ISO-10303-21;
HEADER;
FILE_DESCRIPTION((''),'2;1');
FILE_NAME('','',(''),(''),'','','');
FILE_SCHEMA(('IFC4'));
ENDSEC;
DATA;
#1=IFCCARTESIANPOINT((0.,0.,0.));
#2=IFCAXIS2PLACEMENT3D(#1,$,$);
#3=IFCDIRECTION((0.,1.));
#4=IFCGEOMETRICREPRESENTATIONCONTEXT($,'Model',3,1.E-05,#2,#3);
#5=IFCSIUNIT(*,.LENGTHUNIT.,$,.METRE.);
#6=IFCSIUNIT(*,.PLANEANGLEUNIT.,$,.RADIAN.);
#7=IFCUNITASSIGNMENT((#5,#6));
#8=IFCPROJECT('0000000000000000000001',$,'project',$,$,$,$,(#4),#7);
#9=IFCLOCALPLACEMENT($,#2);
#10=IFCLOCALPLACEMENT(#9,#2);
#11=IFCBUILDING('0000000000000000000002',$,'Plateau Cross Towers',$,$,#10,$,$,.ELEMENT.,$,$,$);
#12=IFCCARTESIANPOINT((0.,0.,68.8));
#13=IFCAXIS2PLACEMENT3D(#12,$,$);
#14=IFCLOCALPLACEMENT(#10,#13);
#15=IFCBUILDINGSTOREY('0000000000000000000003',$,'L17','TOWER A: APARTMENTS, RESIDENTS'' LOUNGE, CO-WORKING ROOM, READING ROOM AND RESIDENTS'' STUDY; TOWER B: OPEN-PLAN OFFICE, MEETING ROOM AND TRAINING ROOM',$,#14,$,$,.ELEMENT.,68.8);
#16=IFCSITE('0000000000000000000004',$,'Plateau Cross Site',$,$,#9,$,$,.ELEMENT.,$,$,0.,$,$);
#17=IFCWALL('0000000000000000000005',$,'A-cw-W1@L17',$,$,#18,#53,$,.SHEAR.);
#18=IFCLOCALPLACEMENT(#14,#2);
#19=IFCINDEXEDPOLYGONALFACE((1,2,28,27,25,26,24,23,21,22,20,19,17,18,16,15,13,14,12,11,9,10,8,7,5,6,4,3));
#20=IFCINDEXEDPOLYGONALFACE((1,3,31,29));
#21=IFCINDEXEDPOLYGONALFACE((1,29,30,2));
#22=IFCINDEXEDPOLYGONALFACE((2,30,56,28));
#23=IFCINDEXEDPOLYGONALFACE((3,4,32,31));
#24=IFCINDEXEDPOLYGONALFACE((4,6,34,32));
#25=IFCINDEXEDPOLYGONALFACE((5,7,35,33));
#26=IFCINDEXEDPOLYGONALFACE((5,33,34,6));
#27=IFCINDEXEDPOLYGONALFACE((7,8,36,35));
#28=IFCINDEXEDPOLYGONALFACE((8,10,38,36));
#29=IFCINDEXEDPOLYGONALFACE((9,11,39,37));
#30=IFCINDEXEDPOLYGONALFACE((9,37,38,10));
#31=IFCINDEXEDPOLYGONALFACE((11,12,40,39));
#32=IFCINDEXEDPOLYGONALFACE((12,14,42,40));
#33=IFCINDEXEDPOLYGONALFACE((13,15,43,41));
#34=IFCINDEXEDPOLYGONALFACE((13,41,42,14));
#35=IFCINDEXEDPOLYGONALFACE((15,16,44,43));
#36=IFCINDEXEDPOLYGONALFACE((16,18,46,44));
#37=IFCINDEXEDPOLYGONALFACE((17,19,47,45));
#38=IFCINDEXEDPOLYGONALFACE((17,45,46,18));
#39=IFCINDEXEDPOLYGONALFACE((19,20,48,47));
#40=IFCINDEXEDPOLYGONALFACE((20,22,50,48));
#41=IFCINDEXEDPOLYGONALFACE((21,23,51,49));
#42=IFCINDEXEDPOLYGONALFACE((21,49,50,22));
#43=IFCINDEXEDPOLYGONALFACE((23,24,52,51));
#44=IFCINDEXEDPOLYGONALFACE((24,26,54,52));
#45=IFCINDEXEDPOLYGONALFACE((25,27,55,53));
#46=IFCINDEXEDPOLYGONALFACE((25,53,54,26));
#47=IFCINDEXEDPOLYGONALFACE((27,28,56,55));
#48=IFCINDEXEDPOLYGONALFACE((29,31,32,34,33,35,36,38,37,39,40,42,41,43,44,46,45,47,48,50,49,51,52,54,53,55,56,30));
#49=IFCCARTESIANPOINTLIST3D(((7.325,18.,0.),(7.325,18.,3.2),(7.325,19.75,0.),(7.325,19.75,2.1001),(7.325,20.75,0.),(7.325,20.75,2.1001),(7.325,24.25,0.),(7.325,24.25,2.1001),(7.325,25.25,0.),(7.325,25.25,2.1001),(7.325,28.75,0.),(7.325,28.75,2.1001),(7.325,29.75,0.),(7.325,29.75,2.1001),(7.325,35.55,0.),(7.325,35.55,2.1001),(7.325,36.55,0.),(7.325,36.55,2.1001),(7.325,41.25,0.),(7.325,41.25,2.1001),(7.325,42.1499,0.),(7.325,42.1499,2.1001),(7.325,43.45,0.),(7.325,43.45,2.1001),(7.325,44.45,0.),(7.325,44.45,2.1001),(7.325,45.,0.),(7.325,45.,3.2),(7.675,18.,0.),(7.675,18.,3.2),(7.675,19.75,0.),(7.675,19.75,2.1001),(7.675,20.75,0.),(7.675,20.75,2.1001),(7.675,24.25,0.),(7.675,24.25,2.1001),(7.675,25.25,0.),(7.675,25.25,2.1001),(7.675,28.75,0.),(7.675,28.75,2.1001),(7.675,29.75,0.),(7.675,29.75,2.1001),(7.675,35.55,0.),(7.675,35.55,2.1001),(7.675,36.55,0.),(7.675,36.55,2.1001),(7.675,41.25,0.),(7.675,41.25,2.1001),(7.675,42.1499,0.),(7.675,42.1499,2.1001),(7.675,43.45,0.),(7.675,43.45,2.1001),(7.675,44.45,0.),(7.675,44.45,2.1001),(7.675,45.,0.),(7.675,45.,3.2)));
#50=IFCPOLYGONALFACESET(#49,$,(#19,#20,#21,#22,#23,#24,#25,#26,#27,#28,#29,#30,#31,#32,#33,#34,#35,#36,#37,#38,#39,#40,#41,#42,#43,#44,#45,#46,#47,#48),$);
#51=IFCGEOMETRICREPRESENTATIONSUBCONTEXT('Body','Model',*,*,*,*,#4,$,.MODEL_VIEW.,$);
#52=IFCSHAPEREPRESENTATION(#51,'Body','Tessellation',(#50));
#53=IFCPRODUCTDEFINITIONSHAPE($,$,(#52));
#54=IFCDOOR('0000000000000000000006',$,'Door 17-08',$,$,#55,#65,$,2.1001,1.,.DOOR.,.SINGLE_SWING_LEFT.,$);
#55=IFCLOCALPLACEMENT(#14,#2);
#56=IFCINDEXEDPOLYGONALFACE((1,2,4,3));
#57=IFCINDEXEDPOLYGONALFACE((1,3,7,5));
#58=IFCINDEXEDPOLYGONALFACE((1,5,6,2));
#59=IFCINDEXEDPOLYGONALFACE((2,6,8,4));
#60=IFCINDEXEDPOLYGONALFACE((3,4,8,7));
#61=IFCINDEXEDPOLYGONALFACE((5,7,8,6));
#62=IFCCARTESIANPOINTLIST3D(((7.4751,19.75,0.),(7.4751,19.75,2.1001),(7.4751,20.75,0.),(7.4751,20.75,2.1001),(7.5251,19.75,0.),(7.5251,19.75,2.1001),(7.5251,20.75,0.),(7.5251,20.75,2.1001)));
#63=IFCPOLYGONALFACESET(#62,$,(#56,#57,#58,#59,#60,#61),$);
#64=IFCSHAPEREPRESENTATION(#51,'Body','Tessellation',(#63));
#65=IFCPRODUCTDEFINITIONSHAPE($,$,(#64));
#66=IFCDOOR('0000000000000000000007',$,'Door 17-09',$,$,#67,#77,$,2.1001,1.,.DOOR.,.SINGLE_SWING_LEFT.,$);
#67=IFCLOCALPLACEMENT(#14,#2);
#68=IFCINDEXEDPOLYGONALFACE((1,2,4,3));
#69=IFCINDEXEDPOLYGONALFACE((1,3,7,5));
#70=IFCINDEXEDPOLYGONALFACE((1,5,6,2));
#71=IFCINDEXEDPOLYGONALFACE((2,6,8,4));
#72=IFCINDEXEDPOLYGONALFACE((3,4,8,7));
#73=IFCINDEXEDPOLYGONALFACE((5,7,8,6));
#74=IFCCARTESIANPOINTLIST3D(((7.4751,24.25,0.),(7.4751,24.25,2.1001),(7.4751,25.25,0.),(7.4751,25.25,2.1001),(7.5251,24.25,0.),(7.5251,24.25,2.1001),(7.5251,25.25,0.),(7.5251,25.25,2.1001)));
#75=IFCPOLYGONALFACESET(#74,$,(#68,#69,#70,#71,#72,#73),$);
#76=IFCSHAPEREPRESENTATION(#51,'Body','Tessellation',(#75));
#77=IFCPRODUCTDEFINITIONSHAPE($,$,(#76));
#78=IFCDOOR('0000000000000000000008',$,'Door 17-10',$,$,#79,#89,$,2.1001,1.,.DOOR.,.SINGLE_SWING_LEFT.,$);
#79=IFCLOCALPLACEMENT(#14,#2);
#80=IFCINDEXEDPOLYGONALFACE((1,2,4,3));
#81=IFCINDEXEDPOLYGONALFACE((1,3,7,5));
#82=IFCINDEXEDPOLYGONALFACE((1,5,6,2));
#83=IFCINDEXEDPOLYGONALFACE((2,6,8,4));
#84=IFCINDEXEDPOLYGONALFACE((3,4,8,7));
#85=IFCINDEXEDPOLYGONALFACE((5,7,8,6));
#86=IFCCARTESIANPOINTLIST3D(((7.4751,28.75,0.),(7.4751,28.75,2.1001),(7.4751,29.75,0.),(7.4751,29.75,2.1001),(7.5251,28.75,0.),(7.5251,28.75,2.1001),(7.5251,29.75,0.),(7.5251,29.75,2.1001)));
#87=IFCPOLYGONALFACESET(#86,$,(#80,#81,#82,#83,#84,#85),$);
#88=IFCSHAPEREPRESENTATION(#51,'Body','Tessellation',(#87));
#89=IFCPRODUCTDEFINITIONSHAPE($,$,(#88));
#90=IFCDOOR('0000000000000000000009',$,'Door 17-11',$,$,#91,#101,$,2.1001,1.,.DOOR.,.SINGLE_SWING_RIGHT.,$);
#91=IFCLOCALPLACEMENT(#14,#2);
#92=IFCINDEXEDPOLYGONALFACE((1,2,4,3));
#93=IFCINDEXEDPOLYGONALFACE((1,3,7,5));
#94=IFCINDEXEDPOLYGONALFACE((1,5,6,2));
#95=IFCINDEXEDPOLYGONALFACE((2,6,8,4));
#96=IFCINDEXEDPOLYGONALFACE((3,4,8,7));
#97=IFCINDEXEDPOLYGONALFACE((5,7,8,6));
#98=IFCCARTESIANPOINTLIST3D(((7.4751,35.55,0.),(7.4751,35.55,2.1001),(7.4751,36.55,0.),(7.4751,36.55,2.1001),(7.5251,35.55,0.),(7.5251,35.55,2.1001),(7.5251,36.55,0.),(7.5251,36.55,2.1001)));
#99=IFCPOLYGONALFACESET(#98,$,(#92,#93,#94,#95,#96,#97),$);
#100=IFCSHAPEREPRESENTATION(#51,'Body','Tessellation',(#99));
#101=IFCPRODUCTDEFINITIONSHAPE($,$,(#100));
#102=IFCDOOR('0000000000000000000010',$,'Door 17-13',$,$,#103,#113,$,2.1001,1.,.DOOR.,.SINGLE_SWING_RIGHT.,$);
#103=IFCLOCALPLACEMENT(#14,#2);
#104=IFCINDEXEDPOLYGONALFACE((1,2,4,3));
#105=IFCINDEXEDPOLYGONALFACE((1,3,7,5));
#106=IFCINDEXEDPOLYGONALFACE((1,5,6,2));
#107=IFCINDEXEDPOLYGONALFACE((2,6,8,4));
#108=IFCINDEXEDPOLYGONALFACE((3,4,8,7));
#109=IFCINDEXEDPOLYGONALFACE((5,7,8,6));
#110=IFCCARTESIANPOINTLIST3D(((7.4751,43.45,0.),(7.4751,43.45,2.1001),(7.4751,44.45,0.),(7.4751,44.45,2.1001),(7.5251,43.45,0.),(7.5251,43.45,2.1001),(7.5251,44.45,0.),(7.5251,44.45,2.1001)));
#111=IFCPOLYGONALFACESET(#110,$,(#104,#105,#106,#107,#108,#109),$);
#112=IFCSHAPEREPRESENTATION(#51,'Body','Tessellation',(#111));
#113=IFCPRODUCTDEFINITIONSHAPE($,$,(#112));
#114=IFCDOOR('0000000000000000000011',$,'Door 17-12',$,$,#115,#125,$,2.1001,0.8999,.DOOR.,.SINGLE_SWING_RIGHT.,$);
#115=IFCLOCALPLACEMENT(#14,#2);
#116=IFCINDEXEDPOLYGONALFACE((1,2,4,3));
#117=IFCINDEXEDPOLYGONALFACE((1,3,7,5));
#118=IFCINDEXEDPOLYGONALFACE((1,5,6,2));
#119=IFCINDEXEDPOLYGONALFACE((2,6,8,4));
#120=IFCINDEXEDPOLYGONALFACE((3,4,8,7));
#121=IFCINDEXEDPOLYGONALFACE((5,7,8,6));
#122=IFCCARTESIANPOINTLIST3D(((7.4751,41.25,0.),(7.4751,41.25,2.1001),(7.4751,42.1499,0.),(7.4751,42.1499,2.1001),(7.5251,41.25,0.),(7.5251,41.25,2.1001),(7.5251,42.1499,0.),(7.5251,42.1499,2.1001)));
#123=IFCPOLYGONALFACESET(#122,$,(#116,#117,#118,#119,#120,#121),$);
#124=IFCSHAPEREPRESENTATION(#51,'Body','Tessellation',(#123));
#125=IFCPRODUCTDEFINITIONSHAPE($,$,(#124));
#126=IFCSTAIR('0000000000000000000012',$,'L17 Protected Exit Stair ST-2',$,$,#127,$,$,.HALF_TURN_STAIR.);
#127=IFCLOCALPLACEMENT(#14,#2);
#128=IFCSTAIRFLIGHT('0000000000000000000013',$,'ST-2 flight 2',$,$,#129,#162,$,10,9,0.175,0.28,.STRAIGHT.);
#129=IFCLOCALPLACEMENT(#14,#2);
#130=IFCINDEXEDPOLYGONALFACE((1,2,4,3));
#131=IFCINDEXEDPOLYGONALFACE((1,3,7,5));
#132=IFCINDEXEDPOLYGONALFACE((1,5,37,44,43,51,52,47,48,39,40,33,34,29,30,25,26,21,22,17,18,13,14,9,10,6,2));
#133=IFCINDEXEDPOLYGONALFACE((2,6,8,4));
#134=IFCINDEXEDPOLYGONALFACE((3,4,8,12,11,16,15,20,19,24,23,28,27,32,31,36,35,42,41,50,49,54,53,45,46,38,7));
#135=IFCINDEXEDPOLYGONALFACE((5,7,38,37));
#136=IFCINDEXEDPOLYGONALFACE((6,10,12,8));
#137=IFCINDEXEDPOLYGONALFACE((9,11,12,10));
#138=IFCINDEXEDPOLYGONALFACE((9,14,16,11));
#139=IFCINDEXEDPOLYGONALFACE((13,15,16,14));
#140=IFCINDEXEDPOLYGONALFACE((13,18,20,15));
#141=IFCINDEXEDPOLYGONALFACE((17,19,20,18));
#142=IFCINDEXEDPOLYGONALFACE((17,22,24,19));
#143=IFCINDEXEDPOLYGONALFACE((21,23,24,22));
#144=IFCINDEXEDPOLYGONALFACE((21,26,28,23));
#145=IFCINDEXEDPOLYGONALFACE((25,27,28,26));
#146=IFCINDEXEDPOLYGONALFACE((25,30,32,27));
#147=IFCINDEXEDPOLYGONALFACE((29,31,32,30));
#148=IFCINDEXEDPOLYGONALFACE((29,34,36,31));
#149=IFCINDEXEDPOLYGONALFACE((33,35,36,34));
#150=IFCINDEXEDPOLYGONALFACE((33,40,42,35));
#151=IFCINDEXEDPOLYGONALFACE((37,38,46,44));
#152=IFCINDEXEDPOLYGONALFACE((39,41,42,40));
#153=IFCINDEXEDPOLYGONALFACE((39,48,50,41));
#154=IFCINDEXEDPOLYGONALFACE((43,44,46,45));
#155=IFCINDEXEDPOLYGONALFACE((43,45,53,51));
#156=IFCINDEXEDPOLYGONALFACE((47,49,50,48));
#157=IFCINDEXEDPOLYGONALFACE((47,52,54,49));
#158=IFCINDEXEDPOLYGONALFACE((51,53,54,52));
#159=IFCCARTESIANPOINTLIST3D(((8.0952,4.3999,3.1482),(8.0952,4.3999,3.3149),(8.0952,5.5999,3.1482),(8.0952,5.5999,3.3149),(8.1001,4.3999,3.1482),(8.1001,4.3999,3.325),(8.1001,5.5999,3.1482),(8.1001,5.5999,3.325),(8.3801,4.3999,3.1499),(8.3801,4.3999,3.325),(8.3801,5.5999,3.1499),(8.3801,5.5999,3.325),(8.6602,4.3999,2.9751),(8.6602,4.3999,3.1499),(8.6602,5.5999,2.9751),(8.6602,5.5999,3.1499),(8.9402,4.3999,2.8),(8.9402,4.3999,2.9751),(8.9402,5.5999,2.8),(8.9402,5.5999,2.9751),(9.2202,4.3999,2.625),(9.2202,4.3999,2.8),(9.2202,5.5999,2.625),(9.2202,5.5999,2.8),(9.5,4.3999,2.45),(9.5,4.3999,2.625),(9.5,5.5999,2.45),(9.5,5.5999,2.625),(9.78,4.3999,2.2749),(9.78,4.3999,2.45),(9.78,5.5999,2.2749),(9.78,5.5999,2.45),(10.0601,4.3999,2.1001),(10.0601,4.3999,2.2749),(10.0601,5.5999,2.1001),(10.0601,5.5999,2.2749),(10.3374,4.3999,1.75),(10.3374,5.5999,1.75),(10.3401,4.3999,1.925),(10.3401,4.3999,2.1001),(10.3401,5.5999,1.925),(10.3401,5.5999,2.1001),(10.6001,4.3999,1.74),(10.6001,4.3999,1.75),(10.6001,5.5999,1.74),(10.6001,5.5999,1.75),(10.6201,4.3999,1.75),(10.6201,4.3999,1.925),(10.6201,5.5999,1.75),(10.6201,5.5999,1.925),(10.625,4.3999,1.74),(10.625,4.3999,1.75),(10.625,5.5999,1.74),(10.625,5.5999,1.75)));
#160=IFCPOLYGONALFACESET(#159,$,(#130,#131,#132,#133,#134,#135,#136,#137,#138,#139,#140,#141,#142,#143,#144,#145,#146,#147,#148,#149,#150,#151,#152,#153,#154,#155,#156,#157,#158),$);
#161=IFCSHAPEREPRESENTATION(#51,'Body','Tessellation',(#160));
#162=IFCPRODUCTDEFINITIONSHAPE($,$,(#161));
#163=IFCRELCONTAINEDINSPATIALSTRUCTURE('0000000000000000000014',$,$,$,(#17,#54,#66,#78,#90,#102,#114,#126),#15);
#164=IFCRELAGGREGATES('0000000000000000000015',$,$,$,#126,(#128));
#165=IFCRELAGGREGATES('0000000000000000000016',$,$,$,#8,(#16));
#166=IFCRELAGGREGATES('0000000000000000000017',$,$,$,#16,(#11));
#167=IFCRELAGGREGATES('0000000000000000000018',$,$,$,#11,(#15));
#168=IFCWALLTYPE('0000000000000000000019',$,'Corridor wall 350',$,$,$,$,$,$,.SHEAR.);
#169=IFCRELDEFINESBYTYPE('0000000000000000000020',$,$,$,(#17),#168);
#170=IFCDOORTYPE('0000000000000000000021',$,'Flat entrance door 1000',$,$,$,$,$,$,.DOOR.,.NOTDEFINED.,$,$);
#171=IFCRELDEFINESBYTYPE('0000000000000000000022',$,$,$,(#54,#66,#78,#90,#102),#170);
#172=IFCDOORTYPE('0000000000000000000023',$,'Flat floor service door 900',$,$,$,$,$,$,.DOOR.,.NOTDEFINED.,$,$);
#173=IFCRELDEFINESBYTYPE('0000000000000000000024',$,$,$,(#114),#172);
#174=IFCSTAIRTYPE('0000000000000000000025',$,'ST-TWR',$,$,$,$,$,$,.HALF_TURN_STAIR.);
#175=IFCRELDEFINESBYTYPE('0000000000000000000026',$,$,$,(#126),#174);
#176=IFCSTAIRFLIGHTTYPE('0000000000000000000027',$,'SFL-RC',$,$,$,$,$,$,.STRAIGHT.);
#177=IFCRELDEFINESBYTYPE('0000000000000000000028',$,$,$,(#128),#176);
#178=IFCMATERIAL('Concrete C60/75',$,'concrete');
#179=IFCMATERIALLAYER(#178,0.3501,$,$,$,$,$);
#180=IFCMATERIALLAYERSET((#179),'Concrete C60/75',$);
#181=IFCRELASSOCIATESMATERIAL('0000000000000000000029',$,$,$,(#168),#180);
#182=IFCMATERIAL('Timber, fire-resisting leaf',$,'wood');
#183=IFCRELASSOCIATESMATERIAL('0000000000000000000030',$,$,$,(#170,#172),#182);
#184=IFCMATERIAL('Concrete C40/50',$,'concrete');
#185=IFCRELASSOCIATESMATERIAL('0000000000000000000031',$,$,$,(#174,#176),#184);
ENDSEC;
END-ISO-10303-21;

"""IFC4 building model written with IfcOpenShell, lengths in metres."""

from ifc_helpers import new_model, si_unit, direction, frame, frame_2d, origin, place, context, subcontext, project, spatial, polyline, rectangle, outline, extrude, material, layer, layer_set, type_object, element, fill, aggregate, save


model = new_model("IFC4")

# Units and contexts
model_context = context("Model", 3, precision=1e-05, world=origin(), true_north=direction((0.0, 1.0)))
body_context = subcontext(model_context, "Body", "Model", "MODEL_VIEW")
ifc_project = project(units=[si_unit("LENGTHUNIT", "METRE"), si_unit("PLANEANGLEUNIT", "RADIAN")], contexts=[model_context])

# Site, building, storey
site_placement = place(None, origin())
site = spatial("IfcSite", under=ifc_project, at=site_placement, Name="Plateau Cross Site", CompositionType="ELEMENT", RefElevation=0.0)
building_placement = place(site_placement, origin())
building = spatial("IfcBuilding", under=site, at=building_placement, Name="Plateau Cross Towers", CompositionType="ELEMENT")
storey_placement = place(building_placement, frame((0.0, 0.0, 68.8)))
storey = spatial("IfcBuildingStorey", under=building, at=storey_placement, Name="L17", Description="TOWER A: APARTMENTS, RESIDENTS' LOUNGE, CO-WORKING ROOM, READING ROOM AND RESIDENTS' STUDY; TOWER B: OPEN-PLAN OFFICE, MEETING ROOM AND TRAINING ROOM", CompositionType="ELEMENT", Elevation=68.8)

# Shared definitions
ifc_material_1 = material(Name="Timber, fire-resisting leaf", Category="wood")

# Shared definitions
ifc_material_2 = material(Name="Concrete C60/75", Category="concrete")

# Wall, openings, doors
ifc_layer_1 = layer(ifc_material_2, 0.3501)
ifc_layer_set_1 = layer_set([ifc_layer_1], Name="Concrete C60/75")
wall_type_1 = type_object("IfcWallType", Name="Corridor wall 350", PredefinedType="SHEAR", material=ifc_layer_set_1)
wall_1_placement = place(storey_placement, frame((7.5, 18.0, 0.0), z_axis=(0.0, 0.0, 1.0), x_axis=(0.0, 1.0, 0.0)))
wall_1 = element("IfcWall", 1, at=wall_1_placement, inside=storey, type_object=wall_type_1, Name="A-cw-W1@L17", PredefinedType="SHEAR", context=body_context, shape_type="SweptSolid", body=[
    extrude(rectangle(XDim=27.0, YDim=0.3501, at=frame_2d((13.5, 0.0))), origin(), (0.0, 0.0, 1.0), 3.2),
])
opening_1_placement = place(wall_1_placement, frame((1.75, 0.0, 0.0)))
opening_1 = element("IfcOpeningElement", 2, at=opening_1_placement, cuts=wall_1, PredefinedType="OPENING", context=body_context, shape_type="SweptSolid", body=[
    extrude(rectangle(XDim=1.0, YDim=2.1001, at=frame_2d((0.5, 1.05))), frame((0.0, 0.1851, 0.0), z_axis=(0.0, -1.0, 0.0), x_axis=(1.0, 0.0, 0.0)), (0.0, 0.0, 1.0), 0.3701),
])
opening_2_placement = place(wall_1_placement, frame((6.25, 0.0, 0.0)))
opening_2 = element("IfcOpeningElement", 3, at=opening_2_placement, cuts=wall_1, PredefinedType="OPENING", context=body_context, shape_type="SweptSolid", body=[
    extrude(rectangle(XDim=1.0, YDim=2.1001, at=frame_2d((0.5, 1.05))), frame((0.0, 0.1851, 0.0), z_axis=(0.0, -1.0, 0.0), x_axis=(1.0, 0.0, 0.0)), (0.0, 0.0, 1.0), 0.3701),
])
opening_3_placement = place(wall_1_placement, frame((10.75, 0.0, 0.0)))
opening_3 = element("IfcOpeningElement", 4, at=opening_3_placement, cuts=wall_1, PredefinedType="OPENING", context=body_context, shape_type="SweptSolid", body=[
    extrude(rectangle(XDim=1.0, YDim=2.1001, at=frame_2d((0.5, 1.05))), frame((0.0, 0.1851, 0.0), z_axis=(0.0, -1.0, 0.0), x_axis=(1.0, 0.0, 0.0)), (0.0, 0.0, 1.0), 0.3701),
])
opening_4_placement = place(wall_1_placement, frame((17.55, 0.0, 0.0)))
opening_4 = element("IfcOpeningElement", 5, at=opening_4_placement, cuts=wall_1, PredefinedType="OPENING", context=body_context, shape_type="SweptSolid", body=[
    extrude(rectangle(XDim=1.0, YDim=2.1001, at=frame_2d((0.5, 1.05))), frame((0.0, 0.1851, 0.0), z_axis=(0.0, -1.0, 0.0), x_axis=(1.0, 0.0, 0.0)), (0.0, 0.0, 1.0), 0.3701),
])
opening_5_placement = place(wall_1_placement, frame((23.25, 0.0, 0.0)))
opening_5 = element("IfcOpeningElement", 6, at=opening_5_placement, cuts=wall_1, PredefinedType="OPENING", context=body_context, shape_type="SweptSolid", body=[
    extrude(rectangle(XDim=0.8999, YDim=2.1001, at=frame_2d((0.45, 1.05))), frame((0.0, 0.1851, 0.0), z_axis=(0.0, -1.0, 0.0), x_axis=(1.0, 0.0, 0.0)), (0.0, 0.0, 1.0), 0.3701),
])
opening_6_placement = place(wall_1_placement, frame((25.45, 0.0, 0.0)))
opening_6 = element("IfcOpeningElement", 7, at=opening_6_placement, cuts=wall_1, PredefinedType="OPENING", context=body_context, shape_type="SweptSolid", body=[
    extrude(rectangle(XDim=1.0, YDim=2.1001, at=frame_2d((0.5, 1.05))), frame((0.0, 0.1851, 0.0), z_axis=(0.0, -1.0, 0.0), x_axis=(1.0, 0.0, 0.0)), (0.0, 0.0, 1.0), 0.3701),
])
door_type_1 = type_object("IfcDoorType", Name="Flat entrance door 1000", OperationType="NOTDEFINED", PredefinedType="DOOR", material=ifc_material_1)
door_1_placement = place(opening_1_placement, origin())
door_1 = element("IfcDoor", 8, at=door_1_placement, inside=storey, type_object=door_type_1, Name="Door 17-08", OperationType="SINGLE_SWING_LEFT", OverallHeight=2.1001, OverallWidth=1.0, PredefinedType="DOOR", context=body_context, shape_type="SweptSolid", body=[
    extrude(rectangle(XDim=1.0, YDim=2.1001, at=frame_2d((0.5, 1.05))), frame((0.0, 0.0249, 0.0), z_axis=(0.0, -1.0, 0.0), x_axis=(1.0, 0.0, 0.0)), (0.0, 0.0, 1.0), 0.05),
])
fill(opening_1, door_1)
door_2_placement = place(opening_2_placement, origin())
door_2 = element("IfcDoor", 9, at=door_2_placement, inside=storey, type_object=door_type_1, Name="Door 17-09", OperationType="SINGLE_SWING_LEFT", OverallHeight=2.1001, OverallWidth=1.0, PredefinedType="DOOR", context=body_context, shape_type="SweptSolid", body=[
    extrude(rectangle(XDim=1.0, YDim=2.1001, at=frame_2d((0.5, 1.05))), frame((0.0, 0.0249, 0.0), z_axis=(0.0, -1.0, 0.0), x_axis=(1.0, 0.0, 0.0)), (0.0, 0.0, 1.0), 0.05),
])
fill(opening_2, door_2)
door_3_placement = place(opening_3_placement, origin())
door_3 = element("IfcDoor", 10, at=door_3_placement, inside=storey, type_object=door_type_1, Name="Door 17-10", OperationType="SINGLE_SWING_LEFT", OverallHeight=2.1001, OverallWidth=1.0, PredefinedType="DOOR", context=body_context, shape_type="SweptSolid", body=[
    extrude(rectangle(XDim=1.0, YDim=2.1001, at=frame_2d((0.5, 1.05))), frame((0.0, 0.0249, 0.0), z_axis=(0.0, -1.0, 0.0), x_axis=(1.0, 0.0, 0.0)), (0.0, 0.0, 1.0), 0.05),
])
fill(opening_3, door_3)
door_4_placement = place(opening_4_placement, origin())
door_4 = element("IfcDoor", 11, at=door_4_placement, inside=storey, type_object=door_type_1, Name="Door 17-11", OperationType="SINGLE_SWING_RIGHT", OverallHeight=2.1001, OverallWidth=1.0, PredefinedType="DOOR", context=body_context, shape_type="SweptSolid", body=[
    extrude(rectangle(XDim=1.0, YDim=2.1001, at=frame_2d((0.5, 1.05))), frame((0.0, 0.0249, 0.0), z_axis=(0.0, -1.0, 0.0), x_axis=(1.0, 0.0, 0.0)), (0.0, 0.0, 1.0), 0.05),
])
fill(opening_4, door_4)
door_5_placement = place(opening_6_placement, origin())
door_5 = element("IfcDoor", 12, at=door_5_placement, inside=storey, type_object=door_type_1, Name="Door 17-13", OperationType="SINGLE_SWING_RIGHT", OverallHeight=2.1001, OverallWidth=1.0, PredefinedType="DOOR", context=body_context, shape_type="SweptSolid", body=[
    extrude(rectangle(XDim=1.0, YDim=2.1001, at=frame_2d((0.5, 1.05))), frame((0.0, 0.0249, 0.0), z_axis=(0.0, -1.0, 0.0), x_axis=(1.0, 0.0, 0.0)), (0.0, 0.0, 1.0), 0.05),
])
fill(opening_6, door_5)
door_type_2 = type_object("IfcDoorType", Name="Flat floor service door 900", OperationType="NOTDEFINED", PredefinedType="DOOR", material=ifc_material_1)
door_6_placement = place(opening_5_placement, origin())
door_6 = element("IfcDoor", 13, at=door_6_placement, inside=storey, type_object=door_type_2, Name="Door 17-12", OperationType="SINGLE_SWING_RIGHT", OverallHeight=2.1001, OverallWidth=0.8999, PredefinedType="DOOR", context=body_context, shape_type="SweptSolid", body=[
    extrude(rectangle(XDim=0.8999, YDim=2.1001, at=frame_2d((0.45, 1.05))), frame((0.0, 0.0249, 0.0), z_axis=(0.0, -1.0, 0.0), x_axis=(1.0, 0.0, 0.0)), (0.0, 0.0, 1.0), 0.05),
])
fill(opening_5, door_6)

# Stair, stair flight
ifc_material_3 = material(Name="Concrete C40/50", Category="concrete")
stair_type = type_object("IfcStairType", Name="ST-TWR", PredefinedType="HALF_TURN_STAIR", material=ifc_material_3)
stair_placement = place(storey_placement, origin())
stair = element("IfcStair", 14, at=stair_placement, inside=storey, type_object=stair_type, Name="L17 Protected Exit Stair ST-2", PredefinedType="HALF_TURN_STAIR")
stair_flight_type = type_object("IfcStairFlightType", Name="SFL-RC", PredefinedType="STRAIGHT", material=ifc_material_3)
stair_flight_placement = place(storey_placement, frame((10.6201, 5.0, 1.75), z_axis=(0.0, 0.0, 1.0), x_axis=(-1.0, 0.0, 0.0)))
stair_flight = element("IfcStairFlight", 15, at=stair_flight_placement, type_object=stair_flight_type, Name="ST-2 flight 2", NumberOfRisers=10, NumberOfTreads=9, PredefinedType="STRAIGHT", RiserHeight=0.175, TreadLength=0.28, context=body_context, shape_type="SweptSolid", body=[
    extrude(outline(polyline([(-0.0049, -0.01), (-0.0049, 0.0), (0.0, 0.0), (0.0, 0.175), (0.28, 0.175), (0.28, 0.3501), (0.5601, 0.3501), (0.5601, 0.5249), (0.8401, 0.5249), (0.8401, 0.7), (1.1201, 0.7), (1.1201, 0.875), (1.3999, 0.875), (1.3999, 1.05), (1.6799, 1.05), (1.6799, 1.2251), (1.96, 1.2251), (1.96, 1.3999), (2.24, 1.3999), (2.24, 1.575), (2.52, 1.575), (2.5249, 1.5649), (2.5249, 1.3982), (2.52, 1.3982), (0.2827, 0.0), (0.02, 0.0), (0.02, -0.01), (-0.0049, -0.01)])), frame((0.0, 0.6001, 0.0), z_axis=(0.0, -1.0, 0.0), x_axis=(1.0, 0.0, 0.0)), (0.0, 0.0, 1.0), 1.2),
])
aggregate(stair, [stair_flight])

save(model, "model.ifc")
